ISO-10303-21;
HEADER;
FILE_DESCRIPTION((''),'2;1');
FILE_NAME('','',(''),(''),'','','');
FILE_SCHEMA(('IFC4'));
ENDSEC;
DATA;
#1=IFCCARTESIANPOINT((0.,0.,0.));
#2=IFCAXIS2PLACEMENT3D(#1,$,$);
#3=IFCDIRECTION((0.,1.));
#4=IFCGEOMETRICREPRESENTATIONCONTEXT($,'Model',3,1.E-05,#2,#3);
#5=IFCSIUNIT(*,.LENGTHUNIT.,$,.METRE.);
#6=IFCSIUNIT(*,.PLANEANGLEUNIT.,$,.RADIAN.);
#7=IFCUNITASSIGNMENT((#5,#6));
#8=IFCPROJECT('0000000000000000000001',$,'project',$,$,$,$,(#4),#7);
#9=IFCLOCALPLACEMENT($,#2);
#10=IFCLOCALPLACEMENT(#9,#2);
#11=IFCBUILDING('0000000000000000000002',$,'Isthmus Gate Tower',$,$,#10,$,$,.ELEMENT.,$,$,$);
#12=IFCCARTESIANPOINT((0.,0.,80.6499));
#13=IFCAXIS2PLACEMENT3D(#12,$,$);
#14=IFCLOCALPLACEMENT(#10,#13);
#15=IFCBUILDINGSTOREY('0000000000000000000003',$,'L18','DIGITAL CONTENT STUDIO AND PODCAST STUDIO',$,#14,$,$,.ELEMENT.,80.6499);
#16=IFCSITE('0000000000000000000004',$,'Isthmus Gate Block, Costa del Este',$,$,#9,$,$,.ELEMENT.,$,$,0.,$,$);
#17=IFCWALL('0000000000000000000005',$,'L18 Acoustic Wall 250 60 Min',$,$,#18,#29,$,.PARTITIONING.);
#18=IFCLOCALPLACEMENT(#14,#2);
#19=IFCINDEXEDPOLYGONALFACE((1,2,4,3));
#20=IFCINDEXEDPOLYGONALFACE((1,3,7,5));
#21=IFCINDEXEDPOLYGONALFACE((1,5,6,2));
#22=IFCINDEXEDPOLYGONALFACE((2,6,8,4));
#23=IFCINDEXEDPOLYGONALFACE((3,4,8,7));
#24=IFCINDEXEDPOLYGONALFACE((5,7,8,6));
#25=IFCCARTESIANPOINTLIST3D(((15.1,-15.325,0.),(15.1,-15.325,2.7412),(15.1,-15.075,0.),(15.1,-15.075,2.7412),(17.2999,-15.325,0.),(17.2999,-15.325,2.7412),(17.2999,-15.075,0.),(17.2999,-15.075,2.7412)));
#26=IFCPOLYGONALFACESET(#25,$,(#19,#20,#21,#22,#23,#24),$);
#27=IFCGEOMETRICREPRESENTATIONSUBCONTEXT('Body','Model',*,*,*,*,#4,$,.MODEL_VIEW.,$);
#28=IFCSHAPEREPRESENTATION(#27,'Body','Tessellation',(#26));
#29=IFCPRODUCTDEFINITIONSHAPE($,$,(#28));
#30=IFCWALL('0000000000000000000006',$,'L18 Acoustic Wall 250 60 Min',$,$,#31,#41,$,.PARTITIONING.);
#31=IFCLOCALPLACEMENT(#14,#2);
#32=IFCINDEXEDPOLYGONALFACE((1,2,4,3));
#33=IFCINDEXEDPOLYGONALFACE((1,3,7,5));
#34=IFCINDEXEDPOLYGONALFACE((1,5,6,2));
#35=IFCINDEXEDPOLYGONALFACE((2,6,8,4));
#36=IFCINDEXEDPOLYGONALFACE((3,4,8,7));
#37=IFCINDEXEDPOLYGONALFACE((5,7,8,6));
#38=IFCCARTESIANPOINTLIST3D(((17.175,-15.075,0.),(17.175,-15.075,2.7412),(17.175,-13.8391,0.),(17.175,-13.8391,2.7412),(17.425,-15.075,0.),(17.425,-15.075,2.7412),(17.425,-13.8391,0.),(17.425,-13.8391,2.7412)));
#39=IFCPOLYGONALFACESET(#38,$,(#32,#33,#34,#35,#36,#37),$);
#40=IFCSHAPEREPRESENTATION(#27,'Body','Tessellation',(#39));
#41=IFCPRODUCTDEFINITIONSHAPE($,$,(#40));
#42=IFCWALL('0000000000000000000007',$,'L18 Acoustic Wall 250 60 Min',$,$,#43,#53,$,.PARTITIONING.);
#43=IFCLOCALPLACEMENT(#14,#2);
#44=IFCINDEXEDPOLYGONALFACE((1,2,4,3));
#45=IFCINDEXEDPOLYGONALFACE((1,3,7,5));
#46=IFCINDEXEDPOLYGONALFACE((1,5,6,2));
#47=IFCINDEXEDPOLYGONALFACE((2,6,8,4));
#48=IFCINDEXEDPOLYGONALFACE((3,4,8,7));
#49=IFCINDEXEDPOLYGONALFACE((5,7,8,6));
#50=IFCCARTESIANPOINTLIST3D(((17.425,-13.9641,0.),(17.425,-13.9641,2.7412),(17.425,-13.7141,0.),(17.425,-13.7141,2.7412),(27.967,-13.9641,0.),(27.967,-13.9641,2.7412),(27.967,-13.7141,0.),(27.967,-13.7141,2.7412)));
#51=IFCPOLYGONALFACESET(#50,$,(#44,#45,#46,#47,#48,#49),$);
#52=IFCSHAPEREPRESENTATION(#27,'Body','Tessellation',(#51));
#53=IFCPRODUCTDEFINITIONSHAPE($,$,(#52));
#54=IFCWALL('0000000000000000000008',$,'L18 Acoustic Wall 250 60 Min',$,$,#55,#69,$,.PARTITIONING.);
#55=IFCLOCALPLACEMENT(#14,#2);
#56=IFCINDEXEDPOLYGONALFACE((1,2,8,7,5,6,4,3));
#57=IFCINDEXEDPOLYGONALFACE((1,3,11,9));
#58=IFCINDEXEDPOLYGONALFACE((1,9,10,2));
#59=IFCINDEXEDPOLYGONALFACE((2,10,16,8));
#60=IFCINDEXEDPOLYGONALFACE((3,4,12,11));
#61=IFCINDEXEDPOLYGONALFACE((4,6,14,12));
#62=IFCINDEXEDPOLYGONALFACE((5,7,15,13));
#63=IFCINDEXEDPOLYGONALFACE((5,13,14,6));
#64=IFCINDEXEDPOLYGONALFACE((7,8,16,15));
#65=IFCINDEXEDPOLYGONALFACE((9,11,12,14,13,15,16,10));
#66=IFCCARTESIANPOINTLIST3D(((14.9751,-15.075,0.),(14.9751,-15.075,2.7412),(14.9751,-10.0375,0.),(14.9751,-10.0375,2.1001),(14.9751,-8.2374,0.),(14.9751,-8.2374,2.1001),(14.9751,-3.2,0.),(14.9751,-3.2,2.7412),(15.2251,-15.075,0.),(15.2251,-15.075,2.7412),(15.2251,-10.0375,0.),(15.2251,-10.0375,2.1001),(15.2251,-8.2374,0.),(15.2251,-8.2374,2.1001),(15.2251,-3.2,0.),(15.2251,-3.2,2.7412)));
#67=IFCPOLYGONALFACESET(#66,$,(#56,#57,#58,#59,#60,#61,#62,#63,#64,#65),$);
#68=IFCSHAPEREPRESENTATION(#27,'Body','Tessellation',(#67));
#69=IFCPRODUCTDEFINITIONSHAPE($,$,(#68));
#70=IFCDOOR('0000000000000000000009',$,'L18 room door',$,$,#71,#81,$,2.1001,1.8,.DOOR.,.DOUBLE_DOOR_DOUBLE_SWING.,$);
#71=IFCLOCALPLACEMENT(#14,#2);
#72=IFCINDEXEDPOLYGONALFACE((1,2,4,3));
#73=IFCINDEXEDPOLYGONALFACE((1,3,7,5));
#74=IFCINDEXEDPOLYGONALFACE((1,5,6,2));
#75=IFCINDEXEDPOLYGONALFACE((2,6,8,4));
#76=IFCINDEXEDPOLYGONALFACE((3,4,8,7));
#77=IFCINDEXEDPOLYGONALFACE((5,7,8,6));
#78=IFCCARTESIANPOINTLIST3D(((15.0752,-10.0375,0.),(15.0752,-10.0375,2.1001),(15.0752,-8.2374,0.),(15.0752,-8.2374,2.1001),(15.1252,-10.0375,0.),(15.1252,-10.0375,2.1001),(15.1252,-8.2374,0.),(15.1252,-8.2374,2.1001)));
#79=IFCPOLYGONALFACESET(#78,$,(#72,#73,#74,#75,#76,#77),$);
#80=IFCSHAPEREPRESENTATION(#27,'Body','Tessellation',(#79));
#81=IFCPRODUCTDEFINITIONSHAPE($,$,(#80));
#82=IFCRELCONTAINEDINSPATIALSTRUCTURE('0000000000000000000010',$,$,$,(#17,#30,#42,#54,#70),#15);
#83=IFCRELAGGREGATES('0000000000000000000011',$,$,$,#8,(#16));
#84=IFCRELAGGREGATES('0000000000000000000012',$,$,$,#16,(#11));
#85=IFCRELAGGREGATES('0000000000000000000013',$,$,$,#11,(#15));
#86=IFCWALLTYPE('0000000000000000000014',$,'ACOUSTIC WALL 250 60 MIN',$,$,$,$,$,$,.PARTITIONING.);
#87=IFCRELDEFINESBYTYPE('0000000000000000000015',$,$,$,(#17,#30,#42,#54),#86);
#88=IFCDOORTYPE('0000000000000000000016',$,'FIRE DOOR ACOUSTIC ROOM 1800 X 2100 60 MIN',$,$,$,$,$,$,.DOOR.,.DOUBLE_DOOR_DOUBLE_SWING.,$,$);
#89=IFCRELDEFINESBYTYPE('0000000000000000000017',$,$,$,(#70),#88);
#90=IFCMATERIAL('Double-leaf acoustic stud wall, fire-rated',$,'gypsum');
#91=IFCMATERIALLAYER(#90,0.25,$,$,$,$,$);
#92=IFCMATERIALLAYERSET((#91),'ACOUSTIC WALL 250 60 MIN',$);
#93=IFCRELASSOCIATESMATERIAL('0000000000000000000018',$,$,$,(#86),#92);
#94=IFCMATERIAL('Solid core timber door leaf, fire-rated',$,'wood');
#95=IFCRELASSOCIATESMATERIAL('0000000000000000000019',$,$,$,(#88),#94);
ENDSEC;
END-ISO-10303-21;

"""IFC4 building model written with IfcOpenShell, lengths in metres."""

from ifc_helpers import new_model, si_unit, direction, frame, frame_2d, origin, place, context, subcontext, project, spatial, rectangle, extrude, material, layer, layer_set, type_object, element, fill, save


model = new_model("IFC4")

# Units and contexts
model_context = context("Model", 3, precision=1e-05, world=origin(), true_north=direction((0.0, 1.0)))
body_context = subcontext(model_context, "Body", "Model", "MODEL_VIEW")
ifc_project = project(units=[si_unit("LENGTHUNIT", "METRE"), si_unit("PLANEANGLEUNIT", "RADIAN")], contexts=[model_context])

# Site, building, storey
site_placement = place(None, origin())
site = spatial("IfcSite", under=ifc_project, at=site_placement, Name="Isthmus Gate Block, Costa del Este", CompositionType="ELEMENT", RefElevation=0.0)
building_placement = place(site_placement, origin())
building = spatial("IfcBuilding", under=site, at=building_placement, Name="Isthmus Gate Tower", CompositionType="ELEMENT")
storey_placement = place(building_placement, frame((0.0, 0.0, 80.6499)))
storey = spatial("IfcBuildingStorey", under=building, at=storey_placement, Name="L18", Description="DIGITAL CONTENT STUDIO AND PODCAST STUDIO", CompositionType="ELEMENT", Elevation=80.6499)

# Walls
ifc_material_1 = material(Name="Double-leaf acoustic stud wall, fire-rated", Category="gypsum")
ifc_layer_1 = layer(ifc_material_1, 0.25)
ifc_layer_set_1 = layer_set([ifc_layer_1], Name="ACOUSTIC WALL 250 60 MIN")
wall_type = type_object("IfcWallType", Name="ACOUSTIC WALL 250 60 MIN", PredefinedType="PARTITIONING", material=ifc_layer_set_1)
wall_1_placement = place(storey_placement, frame((17.3, -15.2, 0.0), z_axis=(0.0, 0.0, 1.0), x_axis=(-1.0, 0.0, 0.0)))
element("IfcWall", 1, at=wall_1_placement, inside=storey, type_object=wall_type, Name="L18 Acoustic Wall 250 60 Min", PredefinedType="PARTITIONING", context=body_context, shape_type="SweptSolid", body=[
    extrude(rectangle(XDim=2.2, YDim=0.25, at=frame_2d((1.1001, 0.0))), origin(), (0.0, 0.0, 1.0), 2.7412),
])
wall_2_placement = place(storey_placement, frame((17.3, -13.8391, 0.0), z_axis=(0.0, 0.0, 1.0), x_axis=(0.0, -1.0, 0.0)))
element("IfcWall", 2, at=wall_2_placement, inside=storey, type_object=wall_type, Name="L18 Acoustic Wall 250 60 Min", PredefinedType="PARTITIONING", context=body_context, shape_type="SweptSolid", body=[
    extrude(rectangle(XDim=1.2358, YDim=0.25, at=frame_2d((0.6179, 0.0))), origin(), (0.0, 0.0, 1.0), 2.7412),
])
wall_3_placement = place(storey_placement, frame((17.425, -13.8391, 0.0), z_axis=(0.0, 0.0, 1.0), x_axis=(1.0, 0.0, 0.0)))
element("IfcWall", 3, at=wall_3_placement, inside=storey, type_object=wall_type, Name="L18 Acoustic Wall 250 60 Min", PredefinedType="PARTITIONING", context=body_context, shape_type="SweptSolid", body=[
    extrude(rectangle(XDim=10.542, YDim=0.25, at=frame_2d((5.271, 0.0))), origin(), (0.0, 0.0, 1.0), 2.7412),
])

# Wall, opening, door
wall_4_placement = place(storey_placement, frame((15.1001, -15.075, 0.0), z_axis=(0.0, 0.0, 1.0), x_axis=(0.0, 1.0, 0.0)))
wall_4 = element("IfcWall", 4, at=wall_4_placement, inside=storey, type_object=wall_type, Name="L18 Acoustic Wall 250 60 Min", PredefinedType="PARTITIONING", context=body_context, shape_type="SweptSolid", body=[
    extrude(rectangle(XDim=11.875, YDim=0.25, at=frame_2d((5.9375, 0.0))), origin(), (0.0, 0.0, 1.0), 2.7412),
])
opening_placement = place(wall_4_placement, frame((5.0376, 0.0, 0.0)))
opening = element("IfcOpeningElement", 5, at=opening_placement, cuts=wall_4, PredefinedType="OPENING", context=body_context, shape_type="SweptSolid", body=[
    extrude(rectangle(XDim=1.8, YDim=2.1001, at=frame_2d((0.8999, 1.05))), frame((0.0, 0.135, 0.0), z_axis=(0.0, -1.0, 0.0), x_axis=(1.0, 0.0, 0.0)), (0.0, 0.0, 1.0), 0.27),
])
ifc_material_2 = material(Name="Solid core timber door leaf, fire-rated", Category="wood")
door_type = type_object("IfcDoorType", Name="FIRE DOOR ACOUSTIC ROOM 1800 X 2100 60 MIN", OperationType="DOUBLE_DOOR_DOUBLE_SWING", PredefinedType="DOOR", material=ifc_material_2)
door_placement = place(opening_placement, origin())
door = element("IfcDoor", 6, at=door_placement, inside=storey, type_object=door_type, Name="L18 room door", OperationType="DOUBLE_DOOR_DOUBLE_SWING", OverallHeight=2.1001, OverallWidth=1.8, PredefinedType="DOOR", context=body_context, shape_type="SweptSolid", body=[
    extrude(rectangle(XDim=1.8, YDim=2.1001, at=frame_2d((0.8999, 1.05))), frame((0.0, 0.0249, 0.0), z_axis=(0.0, -1.0, 0.0), x_axis=(1.0, 0.0, 0.0)), (0.0, 0.0, 1.0), 0.05),
])
fill(opening, door)

save(model, "model.ifc")
